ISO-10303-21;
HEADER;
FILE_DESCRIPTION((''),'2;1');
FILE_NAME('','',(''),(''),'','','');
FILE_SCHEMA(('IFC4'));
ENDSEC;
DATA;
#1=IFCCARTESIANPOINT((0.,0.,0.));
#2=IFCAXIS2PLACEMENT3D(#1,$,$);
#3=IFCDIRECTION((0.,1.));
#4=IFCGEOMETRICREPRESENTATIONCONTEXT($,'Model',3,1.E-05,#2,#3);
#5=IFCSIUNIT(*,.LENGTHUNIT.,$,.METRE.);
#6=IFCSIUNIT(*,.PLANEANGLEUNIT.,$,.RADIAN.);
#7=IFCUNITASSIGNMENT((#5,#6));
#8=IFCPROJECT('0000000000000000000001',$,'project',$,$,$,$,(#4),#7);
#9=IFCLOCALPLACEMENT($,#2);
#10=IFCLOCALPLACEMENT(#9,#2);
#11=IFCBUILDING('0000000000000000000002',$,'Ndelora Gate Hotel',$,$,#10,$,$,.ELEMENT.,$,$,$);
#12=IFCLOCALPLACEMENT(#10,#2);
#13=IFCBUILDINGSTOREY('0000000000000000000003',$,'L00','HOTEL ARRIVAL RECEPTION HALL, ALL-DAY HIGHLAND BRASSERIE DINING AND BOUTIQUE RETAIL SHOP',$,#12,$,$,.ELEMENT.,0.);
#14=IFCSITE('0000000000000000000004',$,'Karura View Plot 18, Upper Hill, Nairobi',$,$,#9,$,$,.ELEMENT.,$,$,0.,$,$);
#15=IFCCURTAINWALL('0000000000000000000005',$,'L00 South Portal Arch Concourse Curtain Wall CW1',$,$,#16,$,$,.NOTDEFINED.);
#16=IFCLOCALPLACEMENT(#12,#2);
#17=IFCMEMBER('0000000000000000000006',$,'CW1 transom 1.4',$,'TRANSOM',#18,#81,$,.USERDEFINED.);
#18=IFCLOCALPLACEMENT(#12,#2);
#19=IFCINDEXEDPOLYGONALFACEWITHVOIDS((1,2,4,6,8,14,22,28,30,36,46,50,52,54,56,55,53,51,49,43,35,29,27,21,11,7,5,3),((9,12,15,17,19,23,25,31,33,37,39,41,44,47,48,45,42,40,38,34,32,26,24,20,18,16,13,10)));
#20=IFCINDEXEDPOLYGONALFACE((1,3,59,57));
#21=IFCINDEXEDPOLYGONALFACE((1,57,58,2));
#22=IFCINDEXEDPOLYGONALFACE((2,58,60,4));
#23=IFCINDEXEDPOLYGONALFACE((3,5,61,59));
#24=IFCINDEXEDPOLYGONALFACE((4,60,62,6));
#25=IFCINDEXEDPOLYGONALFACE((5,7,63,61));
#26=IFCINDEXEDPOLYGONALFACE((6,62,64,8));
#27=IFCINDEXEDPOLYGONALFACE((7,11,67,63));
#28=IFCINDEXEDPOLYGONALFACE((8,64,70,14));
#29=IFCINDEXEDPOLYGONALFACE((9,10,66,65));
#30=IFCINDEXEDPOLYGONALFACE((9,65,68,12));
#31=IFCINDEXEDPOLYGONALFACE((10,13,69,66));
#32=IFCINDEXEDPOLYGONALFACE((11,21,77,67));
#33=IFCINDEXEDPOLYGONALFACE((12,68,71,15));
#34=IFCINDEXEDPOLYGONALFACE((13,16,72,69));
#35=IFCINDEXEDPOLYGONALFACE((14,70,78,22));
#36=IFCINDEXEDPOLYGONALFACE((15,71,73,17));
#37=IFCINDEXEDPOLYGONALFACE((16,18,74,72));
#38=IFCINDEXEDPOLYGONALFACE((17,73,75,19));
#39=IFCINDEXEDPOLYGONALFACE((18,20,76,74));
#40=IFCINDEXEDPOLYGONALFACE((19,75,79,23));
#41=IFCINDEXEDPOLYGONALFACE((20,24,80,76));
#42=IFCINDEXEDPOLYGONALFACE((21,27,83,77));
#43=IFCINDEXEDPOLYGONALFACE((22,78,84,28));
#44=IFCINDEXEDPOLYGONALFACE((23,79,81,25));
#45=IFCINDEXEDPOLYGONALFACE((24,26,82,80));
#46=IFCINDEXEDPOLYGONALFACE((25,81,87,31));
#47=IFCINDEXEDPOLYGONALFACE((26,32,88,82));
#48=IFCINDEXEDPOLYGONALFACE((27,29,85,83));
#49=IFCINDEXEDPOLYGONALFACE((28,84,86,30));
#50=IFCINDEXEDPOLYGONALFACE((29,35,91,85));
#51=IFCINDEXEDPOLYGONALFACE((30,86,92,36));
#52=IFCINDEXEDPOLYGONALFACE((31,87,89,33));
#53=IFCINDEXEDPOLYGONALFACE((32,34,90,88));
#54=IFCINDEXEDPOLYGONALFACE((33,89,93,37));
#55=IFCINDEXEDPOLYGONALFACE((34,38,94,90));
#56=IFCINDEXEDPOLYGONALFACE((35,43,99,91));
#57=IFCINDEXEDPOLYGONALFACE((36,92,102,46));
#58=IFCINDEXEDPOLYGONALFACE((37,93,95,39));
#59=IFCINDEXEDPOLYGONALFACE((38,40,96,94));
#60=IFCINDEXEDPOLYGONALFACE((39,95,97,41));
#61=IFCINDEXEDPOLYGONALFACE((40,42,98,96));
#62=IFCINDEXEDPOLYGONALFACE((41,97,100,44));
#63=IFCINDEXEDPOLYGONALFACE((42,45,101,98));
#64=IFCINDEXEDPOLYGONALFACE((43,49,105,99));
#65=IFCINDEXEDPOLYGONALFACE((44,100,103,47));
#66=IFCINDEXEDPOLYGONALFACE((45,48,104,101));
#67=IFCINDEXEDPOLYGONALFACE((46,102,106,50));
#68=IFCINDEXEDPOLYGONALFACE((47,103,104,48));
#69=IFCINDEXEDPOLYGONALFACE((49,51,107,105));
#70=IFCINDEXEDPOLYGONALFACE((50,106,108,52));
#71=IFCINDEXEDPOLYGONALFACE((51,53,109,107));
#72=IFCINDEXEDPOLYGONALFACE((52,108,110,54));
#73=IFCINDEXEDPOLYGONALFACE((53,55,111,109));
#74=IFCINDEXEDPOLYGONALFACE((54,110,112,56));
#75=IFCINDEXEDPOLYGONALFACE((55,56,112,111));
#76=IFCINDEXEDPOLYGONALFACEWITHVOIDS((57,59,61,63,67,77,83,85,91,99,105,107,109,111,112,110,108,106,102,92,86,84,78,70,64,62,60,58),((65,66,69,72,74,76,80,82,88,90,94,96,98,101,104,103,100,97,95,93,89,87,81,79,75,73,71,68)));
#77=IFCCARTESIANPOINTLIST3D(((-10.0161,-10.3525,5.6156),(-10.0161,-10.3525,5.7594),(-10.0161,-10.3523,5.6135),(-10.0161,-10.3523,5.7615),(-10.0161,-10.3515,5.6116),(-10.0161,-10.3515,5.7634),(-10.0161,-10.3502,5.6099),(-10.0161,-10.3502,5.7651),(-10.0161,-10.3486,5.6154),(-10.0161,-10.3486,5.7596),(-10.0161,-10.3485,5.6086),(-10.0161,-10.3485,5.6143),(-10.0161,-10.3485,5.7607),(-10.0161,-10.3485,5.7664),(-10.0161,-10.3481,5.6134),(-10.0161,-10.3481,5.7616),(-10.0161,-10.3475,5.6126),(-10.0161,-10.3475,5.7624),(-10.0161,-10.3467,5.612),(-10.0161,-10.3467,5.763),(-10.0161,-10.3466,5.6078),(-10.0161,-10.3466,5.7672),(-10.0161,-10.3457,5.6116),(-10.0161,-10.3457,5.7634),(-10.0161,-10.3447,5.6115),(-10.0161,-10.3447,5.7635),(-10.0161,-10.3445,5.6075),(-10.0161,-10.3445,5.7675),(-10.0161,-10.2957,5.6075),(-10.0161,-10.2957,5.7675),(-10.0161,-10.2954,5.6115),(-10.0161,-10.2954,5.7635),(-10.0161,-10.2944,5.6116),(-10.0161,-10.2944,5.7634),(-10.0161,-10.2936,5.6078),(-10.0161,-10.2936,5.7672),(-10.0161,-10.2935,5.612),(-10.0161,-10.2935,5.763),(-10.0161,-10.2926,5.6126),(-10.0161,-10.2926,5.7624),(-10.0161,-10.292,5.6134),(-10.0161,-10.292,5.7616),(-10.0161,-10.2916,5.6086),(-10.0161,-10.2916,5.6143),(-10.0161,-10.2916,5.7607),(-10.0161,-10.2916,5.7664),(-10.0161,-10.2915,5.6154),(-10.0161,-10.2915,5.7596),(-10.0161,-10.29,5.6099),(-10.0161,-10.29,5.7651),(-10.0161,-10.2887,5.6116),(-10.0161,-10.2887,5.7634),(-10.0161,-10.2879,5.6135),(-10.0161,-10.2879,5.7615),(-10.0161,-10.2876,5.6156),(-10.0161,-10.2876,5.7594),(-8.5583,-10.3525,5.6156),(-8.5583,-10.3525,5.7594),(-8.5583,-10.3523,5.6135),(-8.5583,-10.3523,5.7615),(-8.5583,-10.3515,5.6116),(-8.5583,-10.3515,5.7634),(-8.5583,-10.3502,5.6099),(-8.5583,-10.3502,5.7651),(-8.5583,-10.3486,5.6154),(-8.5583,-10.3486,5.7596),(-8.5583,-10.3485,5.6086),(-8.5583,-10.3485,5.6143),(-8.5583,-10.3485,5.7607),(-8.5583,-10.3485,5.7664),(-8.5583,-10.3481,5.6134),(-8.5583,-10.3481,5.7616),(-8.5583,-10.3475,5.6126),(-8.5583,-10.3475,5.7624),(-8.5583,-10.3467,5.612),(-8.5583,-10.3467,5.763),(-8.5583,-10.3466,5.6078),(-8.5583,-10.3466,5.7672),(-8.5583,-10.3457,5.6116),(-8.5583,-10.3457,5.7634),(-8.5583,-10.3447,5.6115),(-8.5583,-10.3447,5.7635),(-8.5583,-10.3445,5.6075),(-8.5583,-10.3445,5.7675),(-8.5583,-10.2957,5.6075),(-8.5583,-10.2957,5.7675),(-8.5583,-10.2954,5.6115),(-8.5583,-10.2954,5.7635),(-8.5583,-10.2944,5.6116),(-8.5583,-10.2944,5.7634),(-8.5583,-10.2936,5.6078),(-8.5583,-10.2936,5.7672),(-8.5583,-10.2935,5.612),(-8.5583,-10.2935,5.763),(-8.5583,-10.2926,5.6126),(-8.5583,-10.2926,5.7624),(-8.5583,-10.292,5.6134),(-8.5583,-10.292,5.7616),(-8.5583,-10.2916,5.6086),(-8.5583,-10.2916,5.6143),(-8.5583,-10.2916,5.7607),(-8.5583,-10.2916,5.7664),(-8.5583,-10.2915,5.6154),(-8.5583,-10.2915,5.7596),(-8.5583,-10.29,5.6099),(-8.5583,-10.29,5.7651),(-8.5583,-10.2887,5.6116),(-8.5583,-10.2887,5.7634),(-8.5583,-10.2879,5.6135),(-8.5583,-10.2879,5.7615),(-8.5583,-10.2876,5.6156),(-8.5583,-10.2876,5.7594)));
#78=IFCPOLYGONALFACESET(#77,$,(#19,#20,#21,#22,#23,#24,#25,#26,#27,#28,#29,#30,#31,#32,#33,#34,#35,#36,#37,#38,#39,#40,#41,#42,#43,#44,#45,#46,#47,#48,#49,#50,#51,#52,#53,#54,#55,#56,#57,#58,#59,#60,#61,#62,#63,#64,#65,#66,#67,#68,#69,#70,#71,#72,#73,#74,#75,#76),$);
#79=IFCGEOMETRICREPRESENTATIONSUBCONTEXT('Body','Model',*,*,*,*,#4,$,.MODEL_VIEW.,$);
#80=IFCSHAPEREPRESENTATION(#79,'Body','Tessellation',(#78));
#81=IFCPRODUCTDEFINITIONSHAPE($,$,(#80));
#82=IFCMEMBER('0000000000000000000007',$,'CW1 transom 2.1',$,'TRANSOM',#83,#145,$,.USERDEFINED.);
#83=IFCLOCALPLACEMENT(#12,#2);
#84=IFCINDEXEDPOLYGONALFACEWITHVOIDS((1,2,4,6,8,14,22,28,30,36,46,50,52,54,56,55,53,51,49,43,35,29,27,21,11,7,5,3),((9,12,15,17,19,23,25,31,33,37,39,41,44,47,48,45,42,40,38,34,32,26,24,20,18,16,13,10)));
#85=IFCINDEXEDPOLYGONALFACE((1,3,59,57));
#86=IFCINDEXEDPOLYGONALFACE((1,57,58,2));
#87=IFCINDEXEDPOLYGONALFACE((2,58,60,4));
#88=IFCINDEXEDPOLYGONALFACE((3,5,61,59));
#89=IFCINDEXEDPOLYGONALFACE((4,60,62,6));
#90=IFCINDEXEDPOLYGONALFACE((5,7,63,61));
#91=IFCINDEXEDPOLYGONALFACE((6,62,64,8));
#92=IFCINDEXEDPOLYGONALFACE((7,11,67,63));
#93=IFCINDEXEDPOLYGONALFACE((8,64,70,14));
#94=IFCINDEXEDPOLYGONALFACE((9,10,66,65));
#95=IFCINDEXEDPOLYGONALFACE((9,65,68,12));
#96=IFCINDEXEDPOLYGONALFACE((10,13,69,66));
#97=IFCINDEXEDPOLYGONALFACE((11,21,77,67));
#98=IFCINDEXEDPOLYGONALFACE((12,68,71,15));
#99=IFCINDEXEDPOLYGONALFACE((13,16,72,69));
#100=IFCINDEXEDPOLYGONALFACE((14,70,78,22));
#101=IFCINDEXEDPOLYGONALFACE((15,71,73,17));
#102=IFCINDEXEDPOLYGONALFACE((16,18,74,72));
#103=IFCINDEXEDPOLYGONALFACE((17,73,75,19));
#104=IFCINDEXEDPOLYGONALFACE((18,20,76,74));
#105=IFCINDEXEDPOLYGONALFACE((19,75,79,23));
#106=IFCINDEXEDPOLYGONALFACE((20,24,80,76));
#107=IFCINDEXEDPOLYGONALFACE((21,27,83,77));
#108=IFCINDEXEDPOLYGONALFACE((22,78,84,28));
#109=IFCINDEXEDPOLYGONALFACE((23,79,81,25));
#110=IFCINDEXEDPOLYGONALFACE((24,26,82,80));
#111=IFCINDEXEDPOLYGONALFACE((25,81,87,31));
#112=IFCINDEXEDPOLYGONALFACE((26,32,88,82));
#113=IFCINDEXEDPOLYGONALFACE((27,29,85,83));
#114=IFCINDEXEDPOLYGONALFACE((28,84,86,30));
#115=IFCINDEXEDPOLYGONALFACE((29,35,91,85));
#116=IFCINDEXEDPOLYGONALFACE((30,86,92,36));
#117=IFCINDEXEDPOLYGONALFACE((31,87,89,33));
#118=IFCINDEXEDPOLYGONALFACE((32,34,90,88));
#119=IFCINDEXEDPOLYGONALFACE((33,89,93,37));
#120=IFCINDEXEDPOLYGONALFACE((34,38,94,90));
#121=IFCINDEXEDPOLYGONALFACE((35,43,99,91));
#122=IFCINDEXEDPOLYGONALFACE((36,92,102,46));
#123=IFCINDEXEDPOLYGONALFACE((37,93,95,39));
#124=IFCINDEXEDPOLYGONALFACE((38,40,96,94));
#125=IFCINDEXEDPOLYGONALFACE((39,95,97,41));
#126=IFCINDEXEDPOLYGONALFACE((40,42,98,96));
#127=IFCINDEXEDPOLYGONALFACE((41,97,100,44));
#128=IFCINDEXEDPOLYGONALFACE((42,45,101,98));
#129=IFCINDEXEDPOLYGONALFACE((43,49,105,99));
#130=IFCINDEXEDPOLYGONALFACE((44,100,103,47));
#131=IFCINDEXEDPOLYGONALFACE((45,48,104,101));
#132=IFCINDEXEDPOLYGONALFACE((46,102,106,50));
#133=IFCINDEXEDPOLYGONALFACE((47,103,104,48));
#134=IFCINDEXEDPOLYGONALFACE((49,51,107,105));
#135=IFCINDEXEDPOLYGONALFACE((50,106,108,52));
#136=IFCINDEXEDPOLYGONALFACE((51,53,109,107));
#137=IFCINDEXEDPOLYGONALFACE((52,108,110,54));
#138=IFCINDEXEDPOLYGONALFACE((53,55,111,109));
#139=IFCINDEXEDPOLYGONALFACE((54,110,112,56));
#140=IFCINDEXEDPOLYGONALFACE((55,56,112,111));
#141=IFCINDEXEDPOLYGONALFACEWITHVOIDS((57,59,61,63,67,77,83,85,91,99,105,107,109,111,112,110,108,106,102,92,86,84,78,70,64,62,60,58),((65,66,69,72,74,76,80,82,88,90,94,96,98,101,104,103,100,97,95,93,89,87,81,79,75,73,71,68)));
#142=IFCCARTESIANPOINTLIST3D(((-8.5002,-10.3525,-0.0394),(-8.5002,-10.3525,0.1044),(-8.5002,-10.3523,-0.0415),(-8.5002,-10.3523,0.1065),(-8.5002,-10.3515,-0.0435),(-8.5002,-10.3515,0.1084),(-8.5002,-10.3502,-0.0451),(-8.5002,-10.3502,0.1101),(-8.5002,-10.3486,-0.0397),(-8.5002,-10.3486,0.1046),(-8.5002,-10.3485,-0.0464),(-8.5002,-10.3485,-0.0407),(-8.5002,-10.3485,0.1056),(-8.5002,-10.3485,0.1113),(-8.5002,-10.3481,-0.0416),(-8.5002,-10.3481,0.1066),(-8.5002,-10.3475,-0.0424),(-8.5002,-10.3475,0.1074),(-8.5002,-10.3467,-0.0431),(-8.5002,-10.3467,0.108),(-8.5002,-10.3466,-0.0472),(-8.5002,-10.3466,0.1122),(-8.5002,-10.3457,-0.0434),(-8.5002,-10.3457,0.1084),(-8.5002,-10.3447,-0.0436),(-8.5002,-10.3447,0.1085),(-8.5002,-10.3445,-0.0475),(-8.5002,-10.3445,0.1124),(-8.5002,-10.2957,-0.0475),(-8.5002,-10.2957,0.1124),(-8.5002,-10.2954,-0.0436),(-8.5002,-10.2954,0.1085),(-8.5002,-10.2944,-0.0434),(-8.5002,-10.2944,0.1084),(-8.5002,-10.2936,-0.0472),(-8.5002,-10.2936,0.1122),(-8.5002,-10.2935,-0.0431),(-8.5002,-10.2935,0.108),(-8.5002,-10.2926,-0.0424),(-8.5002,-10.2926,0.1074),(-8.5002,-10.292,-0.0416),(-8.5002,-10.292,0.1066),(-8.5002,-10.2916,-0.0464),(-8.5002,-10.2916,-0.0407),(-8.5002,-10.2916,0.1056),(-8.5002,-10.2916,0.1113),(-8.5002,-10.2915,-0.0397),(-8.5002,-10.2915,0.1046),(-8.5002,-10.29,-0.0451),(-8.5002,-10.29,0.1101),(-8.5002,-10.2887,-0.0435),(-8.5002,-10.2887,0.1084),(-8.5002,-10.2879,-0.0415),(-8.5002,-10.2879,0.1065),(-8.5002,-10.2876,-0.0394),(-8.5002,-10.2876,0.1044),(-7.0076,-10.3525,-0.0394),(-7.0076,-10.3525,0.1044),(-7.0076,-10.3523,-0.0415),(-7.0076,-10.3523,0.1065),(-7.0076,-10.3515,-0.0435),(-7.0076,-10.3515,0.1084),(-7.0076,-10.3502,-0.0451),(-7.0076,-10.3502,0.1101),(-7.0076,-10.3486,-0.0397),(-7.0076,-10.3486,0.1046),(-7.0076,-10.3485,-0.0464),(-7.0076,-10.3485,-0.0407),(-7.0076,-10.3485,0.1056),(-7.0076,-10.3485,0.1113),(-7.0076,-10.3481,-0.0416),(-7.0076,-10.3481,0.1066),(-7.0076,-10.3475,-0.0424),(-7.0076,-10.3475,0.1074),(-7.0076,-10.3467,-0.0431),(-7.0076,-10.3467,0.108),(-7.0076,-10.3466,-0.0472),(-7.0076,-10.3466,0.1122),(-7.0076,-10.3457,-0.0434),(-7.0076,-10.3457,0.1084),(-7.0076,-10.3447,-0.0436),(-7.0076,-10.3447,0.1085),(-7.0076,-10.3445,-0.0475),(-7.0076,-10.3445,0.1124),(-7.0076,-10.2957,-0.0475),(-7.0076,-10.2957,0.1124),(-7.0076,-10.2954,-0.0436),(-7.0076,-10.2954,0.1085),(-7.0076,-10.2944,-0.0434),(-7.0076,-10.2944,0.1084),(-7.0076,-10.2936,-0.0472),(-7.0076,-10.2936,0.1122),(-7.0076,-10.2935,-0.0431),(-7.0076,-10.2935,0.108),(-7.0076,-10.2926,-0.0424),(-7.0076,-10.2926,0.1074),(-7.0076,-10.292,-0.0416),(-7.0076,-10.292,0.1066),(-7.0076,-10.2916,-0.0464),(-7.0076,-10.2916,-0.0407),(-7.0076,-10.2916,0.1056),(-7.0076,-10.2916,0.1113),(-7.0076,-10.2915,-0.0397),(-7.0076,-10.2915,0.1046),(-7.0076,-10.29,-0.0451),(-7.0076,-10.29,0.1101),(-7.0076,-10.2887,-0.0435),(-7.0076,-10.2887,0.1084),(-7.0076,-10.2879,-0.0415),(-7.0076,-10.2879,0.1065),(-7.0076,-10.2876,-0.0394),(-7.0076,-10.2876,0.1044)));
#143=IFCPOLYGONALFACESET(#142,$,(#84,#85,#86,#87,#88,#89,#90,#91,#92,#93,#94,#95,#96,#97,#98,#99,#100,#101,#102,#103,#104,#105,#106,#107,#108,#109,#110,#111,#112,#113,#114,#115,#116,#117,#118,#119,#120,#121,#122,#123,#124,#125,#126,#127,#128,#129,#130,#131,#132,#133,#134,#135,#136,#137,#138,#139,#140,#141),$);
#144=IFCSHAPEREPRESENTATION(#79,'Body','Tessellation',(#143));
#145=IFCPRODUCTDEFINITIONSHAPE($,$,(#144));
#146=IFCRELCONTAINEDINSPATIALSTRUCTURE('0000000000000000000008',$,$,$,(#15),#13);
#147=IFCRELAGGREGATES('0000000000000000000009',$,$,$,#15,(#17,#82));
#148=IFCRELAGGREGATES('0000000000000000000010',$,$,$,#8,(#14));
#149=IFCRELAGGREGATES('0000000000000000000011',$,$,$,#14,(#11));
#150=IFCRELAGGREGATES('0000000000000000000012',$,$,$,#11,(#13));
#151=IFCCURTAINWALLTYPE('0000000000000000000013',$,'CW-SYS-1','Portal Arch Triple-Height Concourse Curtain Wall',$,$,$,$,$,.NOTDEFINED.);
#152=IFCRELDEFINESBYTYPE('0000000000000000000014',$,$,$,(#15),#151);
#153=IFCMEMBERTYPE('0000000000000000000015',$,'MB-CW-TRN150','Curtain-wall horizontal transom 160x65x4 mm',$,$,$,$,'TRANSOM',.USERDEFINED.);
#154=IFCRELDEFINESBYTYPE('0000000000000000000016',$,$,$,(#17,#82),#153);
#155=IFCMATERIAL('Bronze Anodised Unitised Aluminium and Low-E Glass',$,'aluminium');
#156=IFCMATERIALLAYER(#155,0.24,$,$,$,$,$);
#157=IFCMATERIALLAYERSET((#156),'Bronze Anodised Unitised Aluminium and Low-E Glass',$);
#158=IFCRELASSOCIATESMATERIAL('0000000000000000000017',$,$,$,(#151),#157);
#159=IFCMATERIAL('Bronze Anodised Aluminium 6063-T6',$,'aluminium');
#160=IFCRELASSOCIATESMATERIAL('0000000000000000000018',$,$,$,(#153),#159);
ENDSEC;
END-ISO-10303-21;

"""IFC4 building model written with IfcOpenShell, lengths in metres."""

from ifc_helpers import new_model, si_unit, direction, frame, origin, origin_2d, place, context, subcontext, project, spatial, hollow_rectangle, extrude, material, layer, layer_set, material_profile, profile_set, type_object, element, aggregate, save


model = new_model("IFC4")

# Units and contexts
model_context = context("Model", 3, precision=1e-05, world=origin(), true_north=direction((0.0, 1.0)))
body_context = subcontext(model_context, "Body", "Model", "MODEL_VIEW")
ifc_project = project(units=[si_unit("LENGTHUNIT", "METRE"), si_unit("PLANEANGLEUNIT", "RADIAN")], contexts=[model_context])

# Site, building, storey
site_placement = place(None, origin())
site = spatial("IfcSite", under=ifc_project, at=site_placement, Name="Karura View Plot 18, Upper Hill, Nairobi", CompositionType="ELEMENT", RefElevation=0.0)
building_placement = place(site_placement, origin())
building = spatial("IfcBuilding", under=site, at=building_placement, Name="Ndelora Gate Hotel", CompositionType="ELEMENT")
storey_placement = place(building_placement, origin())
storey = spatial("IfcBuildingStorey", under=building, at=storey_placement, Name="L00", Description="HOTEL ARRIVAL RECEPTION HALL, ALL-DAY HIGHLAND BRASSERIE DINING AND BOUTIQUE RETAIL SHOP", CompositionType="ELEMENT", Elevation=0.0)

# Curtain wall, members
ifc_material_1 = material(Name="Bronze Anodised Unitised Aluminium and Low-E Glass", Category="aluminium")
ifc_layer_1 = layer(ifc_material_1, 0.24)
ifc_layer_set_1 = layer_set([ifc_layer_1], Name="Bronze Anodised Unitised Aluminium and Low-E Glass")
curtain_wall_type = type_object("IfcCurtainWallType", Name="CW-SYS-1", Description="Portal Arch Triple-Height Concourse Curtain Wall", PredefinedType="NOTDEFINED", material=ifc_layer_set_1)
curtain_wall_placement = place(storey_placement, origin())
curtain_wall = element("IfcCurtainWall", 1, at=curtain_wall_placement, inside=storey, type_object=curtain_wall_type, Name="L00 South Portal Arch Concourse Curtain Wall CW1", PredefinedType="NOTDEFINED")
ifc_material_2 = material(Name="Bronze Anodised Aluminium 6063-T6", Category="aluminium")
ifc_material_profile_1 = material_profile(ifc_material_2, hollow_rectangle(XDim=0.0649, YDim=0.1599, WallThickness=0.0039, InnerFilletRadius=0.0039, OuterFilletRadius=0.0081, at=origin_2d()), Name="ALU 160x65x4")
ifc_profile_set_1 = profile_set([ifc_material_profile_1], Name="Bronze Anodised Aluminium 6063-T6")
member_type_1 = type_object("IfcMemberType", Name="MB-CW-TRN150", Description="Curtain-wall horizontal transom 160x65x4 mm", ElementType="TRANSOM", PredefinedType="USERDEFINED", material=ifc_profile_set_1)
member_1_placement = place(storey_placement, frame((-10.0161, -10.3201, 5.6875), z_axis=(1.0, 0.0, 0.0), x_axis=(0.0, 1.0, 0.0)))
member_1 = element("IfcMember", 2, at=member_1_placement, type_object=member_type_1, Name="CW1 transom 1.4", ObjectType="TRANSOM", PredefinedType="USERDEFINED", context=body_context, shape_type="SweptSolid", body=[
    extrude(hollow_rectangle(XDim=0.0649, YDim=0.1599, WallThickness=0.0039, InnerFilletRadius=0.0039, OuterFilletRadius=0.0081, at=origin_2d()), origin(), (0.0, 0.0, 1.0), 1.4578),
])
member_2_placement = place(storey_placement, frame((-8.5002, -10.3201, 0.0325), z_axis=(1.0, 0.0, 0.0), x_axis=(0.0, 1.0, 0.0)))
member_2 = element("IfcMember", 3, at=member_2_placement, type_object=member_type_1, Name="CW1 transom 2.1", ObjectType="TRANSOM", PredefinedType="USERDEFINED", context=body_context, shape_type="SweptSolid", body=[
    extrude(hollow_rectangle(XDim=0.0649, YDim=0.1599, WallThickness=0.0039, InnerFilletRadius=0.0039, OuterFilletRadius=0.0081, at=origin_2d()), origin(), (0.0, 0.0, 1.0), 1.4927),
])
aggregate(curtain_wall, [member_1, member_2])

save(model, "model.ifc")
